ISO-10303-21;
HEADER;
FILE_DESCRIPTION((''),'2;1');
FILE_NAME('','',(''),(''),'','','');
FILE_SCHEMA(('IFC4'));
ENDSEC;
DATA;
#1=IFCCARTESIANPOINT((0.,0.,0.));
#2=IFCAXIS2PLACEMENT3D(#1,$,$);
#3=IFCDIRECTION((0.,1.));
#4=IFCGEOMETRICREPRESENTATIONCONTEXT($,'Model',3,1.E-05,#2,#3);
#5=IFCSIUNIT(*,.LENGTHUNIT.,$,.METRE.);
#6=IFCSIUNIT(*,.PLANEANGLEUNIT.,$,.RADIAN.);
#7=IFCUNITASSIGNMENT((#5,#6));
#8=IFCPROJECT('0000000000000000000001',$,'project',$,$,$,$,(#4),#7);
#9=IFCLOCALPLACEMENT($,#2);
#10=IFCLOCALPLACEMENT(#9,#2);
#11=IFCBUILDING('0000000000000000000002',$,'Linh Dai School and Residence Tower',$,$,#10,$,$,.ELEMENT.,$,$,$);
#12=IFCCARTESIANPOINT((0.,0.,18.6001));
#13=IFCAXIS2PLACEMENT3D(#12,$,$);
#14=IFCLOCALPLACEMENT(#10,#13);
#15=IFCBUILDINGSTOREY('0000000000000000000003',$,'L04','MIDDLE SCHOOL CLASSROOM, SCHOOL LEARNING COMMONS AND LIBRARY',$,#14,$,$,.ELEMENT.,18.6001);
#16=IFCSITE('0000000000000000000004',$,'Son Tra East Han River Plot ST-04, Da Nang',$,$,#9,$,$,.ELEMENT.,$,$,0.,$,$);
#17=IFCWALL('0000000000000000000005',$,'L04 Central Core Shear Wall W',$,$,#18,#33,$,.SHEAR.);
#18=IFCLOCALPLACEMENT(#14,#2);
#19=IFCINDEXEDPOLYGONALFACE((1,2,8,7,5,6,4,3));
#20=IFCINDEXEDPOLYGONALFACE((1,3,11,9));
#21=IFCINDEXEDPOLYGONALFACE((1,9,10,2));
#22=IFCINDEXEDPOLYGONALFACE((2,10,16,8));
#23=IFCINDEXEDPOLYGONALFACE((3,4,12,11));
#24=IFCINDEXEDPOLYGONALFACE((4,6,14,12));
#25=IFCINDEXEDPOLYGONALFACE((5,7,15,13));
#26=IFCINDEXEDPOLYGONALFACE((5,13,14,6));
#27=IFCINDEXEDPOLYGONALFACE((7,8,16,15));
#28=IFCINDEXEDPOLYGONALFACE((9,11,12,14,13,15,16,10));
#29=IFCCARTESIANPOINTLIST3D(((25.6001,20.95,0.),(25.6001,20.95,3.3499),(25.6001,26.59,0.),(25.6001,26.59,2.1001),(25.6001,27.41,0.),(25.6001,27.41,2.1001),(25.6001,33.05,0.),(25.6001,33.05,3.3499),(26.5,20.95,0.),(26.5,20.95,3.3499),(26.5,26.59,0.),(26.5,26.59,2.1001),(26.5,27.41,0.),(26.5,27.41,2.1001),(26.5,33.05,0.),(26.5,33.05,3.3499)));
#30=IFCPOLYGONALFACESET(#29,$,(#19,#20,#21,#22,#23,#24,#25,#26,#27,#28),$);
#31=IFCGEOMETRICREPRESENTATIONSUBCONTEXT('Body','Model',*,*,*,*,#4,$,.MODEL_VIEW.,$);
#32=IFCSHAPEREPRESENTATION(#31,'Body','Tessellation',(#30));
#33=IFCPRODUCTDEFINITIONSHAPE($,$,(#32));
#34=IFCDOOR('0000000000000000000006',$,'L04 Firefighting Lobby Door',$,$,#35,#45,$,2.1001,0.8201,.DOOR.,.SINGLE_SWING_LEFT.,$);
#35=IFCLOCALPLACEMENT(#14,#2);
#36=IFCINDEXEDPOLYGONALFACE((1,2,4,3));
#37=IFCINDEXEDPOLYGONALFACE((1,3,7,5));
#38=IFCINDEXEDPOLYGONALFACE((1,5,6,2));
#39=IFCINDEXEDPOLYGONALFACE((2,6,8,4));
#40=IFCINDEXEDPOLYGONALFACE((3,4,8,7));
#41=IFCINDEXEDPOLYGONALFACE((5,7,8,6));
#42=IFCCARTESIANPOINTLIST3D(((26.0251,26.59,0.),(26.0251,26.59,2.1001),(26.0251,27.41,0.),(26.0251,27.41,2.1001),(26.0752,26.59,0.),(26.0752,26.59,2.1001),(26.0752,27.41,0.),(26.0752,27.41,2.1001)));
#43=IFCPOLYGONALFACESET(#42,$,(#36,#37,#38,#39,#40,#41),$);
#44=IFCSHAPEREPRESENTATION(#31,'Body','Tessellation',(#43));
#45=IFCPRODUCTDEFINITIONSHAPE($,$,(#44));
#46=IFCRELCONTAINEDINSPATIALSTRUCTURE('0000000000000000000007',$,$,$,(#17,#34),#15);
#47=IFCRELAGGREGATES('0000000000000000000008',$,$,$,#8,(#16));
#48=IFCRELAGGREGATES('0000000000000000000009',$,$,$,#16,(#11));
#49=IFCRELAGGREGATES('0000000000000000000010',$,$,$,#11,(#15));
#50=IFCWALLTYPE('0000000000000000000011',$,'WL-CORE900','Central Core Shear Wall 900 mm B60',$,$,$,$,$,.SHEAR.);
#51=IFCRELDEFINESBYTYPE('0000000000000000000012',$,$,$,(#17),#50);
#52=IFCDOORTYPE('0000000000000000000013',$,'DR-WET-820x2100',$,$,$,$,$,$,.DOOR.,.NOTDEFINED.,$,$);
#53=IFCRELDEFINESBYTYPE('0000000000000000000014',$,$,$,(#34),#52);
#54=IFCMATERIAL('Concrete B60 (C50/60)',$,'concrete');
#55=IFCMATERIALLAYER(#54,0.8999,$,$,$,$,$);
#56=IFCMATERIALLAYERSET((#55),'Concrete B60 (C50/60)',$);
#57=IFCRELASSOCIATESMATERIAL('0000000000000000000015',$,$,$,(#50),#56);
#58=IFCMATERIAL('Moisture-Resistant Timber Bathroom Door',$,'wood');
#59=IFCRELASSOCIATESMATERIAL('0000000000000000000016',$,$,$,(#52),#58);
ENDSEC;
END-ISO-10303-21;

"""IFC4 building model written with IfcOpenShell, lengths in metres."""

from ifc_helpers import new_model, si_unit, direction, frame, frame_2d, origin, origin_2d, place, context, subcontext, project, spatial, rectangle, extrude, source, transform, mapped, material, layer, layer_set, type_object, element, fill, save


model = new_model("IFC4")

# Units and contexts
model_context = context("Model", 3, precision=1e-05, world=origin(), true_north=direction((0.0, 1.0)))
body_context = subcontext(model_context, "Body", "Model", "MODEL_VIEW")
ifc_project = project(units=[si_unit("LENGTHUNIT", "METRE"), si_unit("PLANEANGLEUNIT", "RADIAN")], contexts=[model_context])

# Site, building, storey
site_placement = place(None, origin())
site = spatial("IfcSite", under=ifc_project, at=site_placement, Name="Son Tra East Han River Plot ST-04, Da Nang", CompositionType="ELEMENT", RefElevation=0.0)
building_placement = place(site_placement, origin())
building = spatial("IfcBuilding", under=site, at=building_placement, Name="Linh Dai School and Residence Tower", CompositionType="ELEMENT")
storey_placement = place(building_placement, frame((0.0, 0.0, 18.6001)))
storey = spatial("IfcBuildingStorey", under=building, at=storey_placement, Name="L04", Description="MIDDLE SCHOOL CLASSROOM, SCHOOL LEARNING COMMONS AND LIBRARY", CompositionType="ELEMENT", Elevation=18.6001)

# Shared definitions
ifc_material_1 = material(Name="Concrete B60 (C50/60)", Category="concrete")

# Wall, opening, door
ifc_layer_1 = layer(ifc_material_1, 0.8999)
ifc_layer_set_1 = layer_set([ifc_layer_1], Name="Concrete B60 (C50/60)")
wall_type_1 = type_object("IfcWallType", Name="WL-CORE900", Description="Central Core Shear Wall 900 mm B60", PredefinedType="SHEAR", material=ifc_layer_set_1)
wall_1_placement = place(storey_placement, frame((26.05, 20.95, 0.0), z_axis=(0.0, 0.0, 1.0), x_axis=(0.0, 1.0, 0.0)))
wall_1 = element("IfcWall", 1, at=wall_1_placement, inside=storey, type_object=wall_type_1, Name="L04 Central Core Shear Wall W", PredefinedType="SHEAR", context=body_context, shape_type="SweptSolid", body=[
    extrude(rectangle(XDim=12.1001, YDim=0.8999, at=frame_2d((6.05, 0.0))), origin(), (0.0, 0.0, 1.0), 3.3499),
])
opening_1_placement = place(wall_1_placement, frame((5.6399, 0.0, 0.0)))
opening_1 = element("IfcOpeningElement", 2, at=opening_1_placement, cuts=wall_1, PredefinedType="OPENING", context=body_context, shape_type="SweptSolid", body=[
    extrude(rectangle(XDim=0.8201, YDim=2.1001, at=origin_2d()), frame((0.4102, 0.46, 1.05), z_axis=(0.0, -1.0, 0.0), x_axis=(1.0, 0.0, 0.0)), (0.0, 0.0, 1.0), 0.9199),
])
ifc_material_2 = material(Name="Moisture-Resistant Timber Bathroom Door", Category="wood")
door_type_1 = type_object("IfcDoorType", Name="DR-WET-820x2100", OperationType="NOTDEFINED", PredefinedType="DOOR", material=ifc_material_2)
shared_shape_1 = source(origin(), body_context, "Body", "SweptSolid", [
    extrude(rectangle(XDim=0.8201, YDim=2.1001, at=origin_2d()), frame((0.4102, 0.0249, 1.05), z_axis=(0.0, -1.0, 0.0), x_axis=(1.0, 0.0, 0.0)), (0.0, 0.0, 1.0), 0.05),
])
door_1_placement = place(opening_1_placement, origin())
door_1 = element("IfcDoor", 3, at=door_1_placement, inside=storey, type_object=door_type_1, Name="L04 Firefighting Lobby Door", OperationType="SINGLE_SWING_LEFT", OverallHeight=2.1001, OverallWidth=0.8201, PredefinedType="DOOR", context=body_context, shape_type="MappedRepresentation", body=[
    mapped(shared_shape_1, transform((0.0, 0.0, 0.0), x_axis=(1.0, 0.0, 0.0), y_axis=(0.0, 1.0, 0.0), z_axis=(0.0, 0.0, 1.0), scale=1.0)),
])
fill(opening_1, door_1)

save(model, "model.ifc")
